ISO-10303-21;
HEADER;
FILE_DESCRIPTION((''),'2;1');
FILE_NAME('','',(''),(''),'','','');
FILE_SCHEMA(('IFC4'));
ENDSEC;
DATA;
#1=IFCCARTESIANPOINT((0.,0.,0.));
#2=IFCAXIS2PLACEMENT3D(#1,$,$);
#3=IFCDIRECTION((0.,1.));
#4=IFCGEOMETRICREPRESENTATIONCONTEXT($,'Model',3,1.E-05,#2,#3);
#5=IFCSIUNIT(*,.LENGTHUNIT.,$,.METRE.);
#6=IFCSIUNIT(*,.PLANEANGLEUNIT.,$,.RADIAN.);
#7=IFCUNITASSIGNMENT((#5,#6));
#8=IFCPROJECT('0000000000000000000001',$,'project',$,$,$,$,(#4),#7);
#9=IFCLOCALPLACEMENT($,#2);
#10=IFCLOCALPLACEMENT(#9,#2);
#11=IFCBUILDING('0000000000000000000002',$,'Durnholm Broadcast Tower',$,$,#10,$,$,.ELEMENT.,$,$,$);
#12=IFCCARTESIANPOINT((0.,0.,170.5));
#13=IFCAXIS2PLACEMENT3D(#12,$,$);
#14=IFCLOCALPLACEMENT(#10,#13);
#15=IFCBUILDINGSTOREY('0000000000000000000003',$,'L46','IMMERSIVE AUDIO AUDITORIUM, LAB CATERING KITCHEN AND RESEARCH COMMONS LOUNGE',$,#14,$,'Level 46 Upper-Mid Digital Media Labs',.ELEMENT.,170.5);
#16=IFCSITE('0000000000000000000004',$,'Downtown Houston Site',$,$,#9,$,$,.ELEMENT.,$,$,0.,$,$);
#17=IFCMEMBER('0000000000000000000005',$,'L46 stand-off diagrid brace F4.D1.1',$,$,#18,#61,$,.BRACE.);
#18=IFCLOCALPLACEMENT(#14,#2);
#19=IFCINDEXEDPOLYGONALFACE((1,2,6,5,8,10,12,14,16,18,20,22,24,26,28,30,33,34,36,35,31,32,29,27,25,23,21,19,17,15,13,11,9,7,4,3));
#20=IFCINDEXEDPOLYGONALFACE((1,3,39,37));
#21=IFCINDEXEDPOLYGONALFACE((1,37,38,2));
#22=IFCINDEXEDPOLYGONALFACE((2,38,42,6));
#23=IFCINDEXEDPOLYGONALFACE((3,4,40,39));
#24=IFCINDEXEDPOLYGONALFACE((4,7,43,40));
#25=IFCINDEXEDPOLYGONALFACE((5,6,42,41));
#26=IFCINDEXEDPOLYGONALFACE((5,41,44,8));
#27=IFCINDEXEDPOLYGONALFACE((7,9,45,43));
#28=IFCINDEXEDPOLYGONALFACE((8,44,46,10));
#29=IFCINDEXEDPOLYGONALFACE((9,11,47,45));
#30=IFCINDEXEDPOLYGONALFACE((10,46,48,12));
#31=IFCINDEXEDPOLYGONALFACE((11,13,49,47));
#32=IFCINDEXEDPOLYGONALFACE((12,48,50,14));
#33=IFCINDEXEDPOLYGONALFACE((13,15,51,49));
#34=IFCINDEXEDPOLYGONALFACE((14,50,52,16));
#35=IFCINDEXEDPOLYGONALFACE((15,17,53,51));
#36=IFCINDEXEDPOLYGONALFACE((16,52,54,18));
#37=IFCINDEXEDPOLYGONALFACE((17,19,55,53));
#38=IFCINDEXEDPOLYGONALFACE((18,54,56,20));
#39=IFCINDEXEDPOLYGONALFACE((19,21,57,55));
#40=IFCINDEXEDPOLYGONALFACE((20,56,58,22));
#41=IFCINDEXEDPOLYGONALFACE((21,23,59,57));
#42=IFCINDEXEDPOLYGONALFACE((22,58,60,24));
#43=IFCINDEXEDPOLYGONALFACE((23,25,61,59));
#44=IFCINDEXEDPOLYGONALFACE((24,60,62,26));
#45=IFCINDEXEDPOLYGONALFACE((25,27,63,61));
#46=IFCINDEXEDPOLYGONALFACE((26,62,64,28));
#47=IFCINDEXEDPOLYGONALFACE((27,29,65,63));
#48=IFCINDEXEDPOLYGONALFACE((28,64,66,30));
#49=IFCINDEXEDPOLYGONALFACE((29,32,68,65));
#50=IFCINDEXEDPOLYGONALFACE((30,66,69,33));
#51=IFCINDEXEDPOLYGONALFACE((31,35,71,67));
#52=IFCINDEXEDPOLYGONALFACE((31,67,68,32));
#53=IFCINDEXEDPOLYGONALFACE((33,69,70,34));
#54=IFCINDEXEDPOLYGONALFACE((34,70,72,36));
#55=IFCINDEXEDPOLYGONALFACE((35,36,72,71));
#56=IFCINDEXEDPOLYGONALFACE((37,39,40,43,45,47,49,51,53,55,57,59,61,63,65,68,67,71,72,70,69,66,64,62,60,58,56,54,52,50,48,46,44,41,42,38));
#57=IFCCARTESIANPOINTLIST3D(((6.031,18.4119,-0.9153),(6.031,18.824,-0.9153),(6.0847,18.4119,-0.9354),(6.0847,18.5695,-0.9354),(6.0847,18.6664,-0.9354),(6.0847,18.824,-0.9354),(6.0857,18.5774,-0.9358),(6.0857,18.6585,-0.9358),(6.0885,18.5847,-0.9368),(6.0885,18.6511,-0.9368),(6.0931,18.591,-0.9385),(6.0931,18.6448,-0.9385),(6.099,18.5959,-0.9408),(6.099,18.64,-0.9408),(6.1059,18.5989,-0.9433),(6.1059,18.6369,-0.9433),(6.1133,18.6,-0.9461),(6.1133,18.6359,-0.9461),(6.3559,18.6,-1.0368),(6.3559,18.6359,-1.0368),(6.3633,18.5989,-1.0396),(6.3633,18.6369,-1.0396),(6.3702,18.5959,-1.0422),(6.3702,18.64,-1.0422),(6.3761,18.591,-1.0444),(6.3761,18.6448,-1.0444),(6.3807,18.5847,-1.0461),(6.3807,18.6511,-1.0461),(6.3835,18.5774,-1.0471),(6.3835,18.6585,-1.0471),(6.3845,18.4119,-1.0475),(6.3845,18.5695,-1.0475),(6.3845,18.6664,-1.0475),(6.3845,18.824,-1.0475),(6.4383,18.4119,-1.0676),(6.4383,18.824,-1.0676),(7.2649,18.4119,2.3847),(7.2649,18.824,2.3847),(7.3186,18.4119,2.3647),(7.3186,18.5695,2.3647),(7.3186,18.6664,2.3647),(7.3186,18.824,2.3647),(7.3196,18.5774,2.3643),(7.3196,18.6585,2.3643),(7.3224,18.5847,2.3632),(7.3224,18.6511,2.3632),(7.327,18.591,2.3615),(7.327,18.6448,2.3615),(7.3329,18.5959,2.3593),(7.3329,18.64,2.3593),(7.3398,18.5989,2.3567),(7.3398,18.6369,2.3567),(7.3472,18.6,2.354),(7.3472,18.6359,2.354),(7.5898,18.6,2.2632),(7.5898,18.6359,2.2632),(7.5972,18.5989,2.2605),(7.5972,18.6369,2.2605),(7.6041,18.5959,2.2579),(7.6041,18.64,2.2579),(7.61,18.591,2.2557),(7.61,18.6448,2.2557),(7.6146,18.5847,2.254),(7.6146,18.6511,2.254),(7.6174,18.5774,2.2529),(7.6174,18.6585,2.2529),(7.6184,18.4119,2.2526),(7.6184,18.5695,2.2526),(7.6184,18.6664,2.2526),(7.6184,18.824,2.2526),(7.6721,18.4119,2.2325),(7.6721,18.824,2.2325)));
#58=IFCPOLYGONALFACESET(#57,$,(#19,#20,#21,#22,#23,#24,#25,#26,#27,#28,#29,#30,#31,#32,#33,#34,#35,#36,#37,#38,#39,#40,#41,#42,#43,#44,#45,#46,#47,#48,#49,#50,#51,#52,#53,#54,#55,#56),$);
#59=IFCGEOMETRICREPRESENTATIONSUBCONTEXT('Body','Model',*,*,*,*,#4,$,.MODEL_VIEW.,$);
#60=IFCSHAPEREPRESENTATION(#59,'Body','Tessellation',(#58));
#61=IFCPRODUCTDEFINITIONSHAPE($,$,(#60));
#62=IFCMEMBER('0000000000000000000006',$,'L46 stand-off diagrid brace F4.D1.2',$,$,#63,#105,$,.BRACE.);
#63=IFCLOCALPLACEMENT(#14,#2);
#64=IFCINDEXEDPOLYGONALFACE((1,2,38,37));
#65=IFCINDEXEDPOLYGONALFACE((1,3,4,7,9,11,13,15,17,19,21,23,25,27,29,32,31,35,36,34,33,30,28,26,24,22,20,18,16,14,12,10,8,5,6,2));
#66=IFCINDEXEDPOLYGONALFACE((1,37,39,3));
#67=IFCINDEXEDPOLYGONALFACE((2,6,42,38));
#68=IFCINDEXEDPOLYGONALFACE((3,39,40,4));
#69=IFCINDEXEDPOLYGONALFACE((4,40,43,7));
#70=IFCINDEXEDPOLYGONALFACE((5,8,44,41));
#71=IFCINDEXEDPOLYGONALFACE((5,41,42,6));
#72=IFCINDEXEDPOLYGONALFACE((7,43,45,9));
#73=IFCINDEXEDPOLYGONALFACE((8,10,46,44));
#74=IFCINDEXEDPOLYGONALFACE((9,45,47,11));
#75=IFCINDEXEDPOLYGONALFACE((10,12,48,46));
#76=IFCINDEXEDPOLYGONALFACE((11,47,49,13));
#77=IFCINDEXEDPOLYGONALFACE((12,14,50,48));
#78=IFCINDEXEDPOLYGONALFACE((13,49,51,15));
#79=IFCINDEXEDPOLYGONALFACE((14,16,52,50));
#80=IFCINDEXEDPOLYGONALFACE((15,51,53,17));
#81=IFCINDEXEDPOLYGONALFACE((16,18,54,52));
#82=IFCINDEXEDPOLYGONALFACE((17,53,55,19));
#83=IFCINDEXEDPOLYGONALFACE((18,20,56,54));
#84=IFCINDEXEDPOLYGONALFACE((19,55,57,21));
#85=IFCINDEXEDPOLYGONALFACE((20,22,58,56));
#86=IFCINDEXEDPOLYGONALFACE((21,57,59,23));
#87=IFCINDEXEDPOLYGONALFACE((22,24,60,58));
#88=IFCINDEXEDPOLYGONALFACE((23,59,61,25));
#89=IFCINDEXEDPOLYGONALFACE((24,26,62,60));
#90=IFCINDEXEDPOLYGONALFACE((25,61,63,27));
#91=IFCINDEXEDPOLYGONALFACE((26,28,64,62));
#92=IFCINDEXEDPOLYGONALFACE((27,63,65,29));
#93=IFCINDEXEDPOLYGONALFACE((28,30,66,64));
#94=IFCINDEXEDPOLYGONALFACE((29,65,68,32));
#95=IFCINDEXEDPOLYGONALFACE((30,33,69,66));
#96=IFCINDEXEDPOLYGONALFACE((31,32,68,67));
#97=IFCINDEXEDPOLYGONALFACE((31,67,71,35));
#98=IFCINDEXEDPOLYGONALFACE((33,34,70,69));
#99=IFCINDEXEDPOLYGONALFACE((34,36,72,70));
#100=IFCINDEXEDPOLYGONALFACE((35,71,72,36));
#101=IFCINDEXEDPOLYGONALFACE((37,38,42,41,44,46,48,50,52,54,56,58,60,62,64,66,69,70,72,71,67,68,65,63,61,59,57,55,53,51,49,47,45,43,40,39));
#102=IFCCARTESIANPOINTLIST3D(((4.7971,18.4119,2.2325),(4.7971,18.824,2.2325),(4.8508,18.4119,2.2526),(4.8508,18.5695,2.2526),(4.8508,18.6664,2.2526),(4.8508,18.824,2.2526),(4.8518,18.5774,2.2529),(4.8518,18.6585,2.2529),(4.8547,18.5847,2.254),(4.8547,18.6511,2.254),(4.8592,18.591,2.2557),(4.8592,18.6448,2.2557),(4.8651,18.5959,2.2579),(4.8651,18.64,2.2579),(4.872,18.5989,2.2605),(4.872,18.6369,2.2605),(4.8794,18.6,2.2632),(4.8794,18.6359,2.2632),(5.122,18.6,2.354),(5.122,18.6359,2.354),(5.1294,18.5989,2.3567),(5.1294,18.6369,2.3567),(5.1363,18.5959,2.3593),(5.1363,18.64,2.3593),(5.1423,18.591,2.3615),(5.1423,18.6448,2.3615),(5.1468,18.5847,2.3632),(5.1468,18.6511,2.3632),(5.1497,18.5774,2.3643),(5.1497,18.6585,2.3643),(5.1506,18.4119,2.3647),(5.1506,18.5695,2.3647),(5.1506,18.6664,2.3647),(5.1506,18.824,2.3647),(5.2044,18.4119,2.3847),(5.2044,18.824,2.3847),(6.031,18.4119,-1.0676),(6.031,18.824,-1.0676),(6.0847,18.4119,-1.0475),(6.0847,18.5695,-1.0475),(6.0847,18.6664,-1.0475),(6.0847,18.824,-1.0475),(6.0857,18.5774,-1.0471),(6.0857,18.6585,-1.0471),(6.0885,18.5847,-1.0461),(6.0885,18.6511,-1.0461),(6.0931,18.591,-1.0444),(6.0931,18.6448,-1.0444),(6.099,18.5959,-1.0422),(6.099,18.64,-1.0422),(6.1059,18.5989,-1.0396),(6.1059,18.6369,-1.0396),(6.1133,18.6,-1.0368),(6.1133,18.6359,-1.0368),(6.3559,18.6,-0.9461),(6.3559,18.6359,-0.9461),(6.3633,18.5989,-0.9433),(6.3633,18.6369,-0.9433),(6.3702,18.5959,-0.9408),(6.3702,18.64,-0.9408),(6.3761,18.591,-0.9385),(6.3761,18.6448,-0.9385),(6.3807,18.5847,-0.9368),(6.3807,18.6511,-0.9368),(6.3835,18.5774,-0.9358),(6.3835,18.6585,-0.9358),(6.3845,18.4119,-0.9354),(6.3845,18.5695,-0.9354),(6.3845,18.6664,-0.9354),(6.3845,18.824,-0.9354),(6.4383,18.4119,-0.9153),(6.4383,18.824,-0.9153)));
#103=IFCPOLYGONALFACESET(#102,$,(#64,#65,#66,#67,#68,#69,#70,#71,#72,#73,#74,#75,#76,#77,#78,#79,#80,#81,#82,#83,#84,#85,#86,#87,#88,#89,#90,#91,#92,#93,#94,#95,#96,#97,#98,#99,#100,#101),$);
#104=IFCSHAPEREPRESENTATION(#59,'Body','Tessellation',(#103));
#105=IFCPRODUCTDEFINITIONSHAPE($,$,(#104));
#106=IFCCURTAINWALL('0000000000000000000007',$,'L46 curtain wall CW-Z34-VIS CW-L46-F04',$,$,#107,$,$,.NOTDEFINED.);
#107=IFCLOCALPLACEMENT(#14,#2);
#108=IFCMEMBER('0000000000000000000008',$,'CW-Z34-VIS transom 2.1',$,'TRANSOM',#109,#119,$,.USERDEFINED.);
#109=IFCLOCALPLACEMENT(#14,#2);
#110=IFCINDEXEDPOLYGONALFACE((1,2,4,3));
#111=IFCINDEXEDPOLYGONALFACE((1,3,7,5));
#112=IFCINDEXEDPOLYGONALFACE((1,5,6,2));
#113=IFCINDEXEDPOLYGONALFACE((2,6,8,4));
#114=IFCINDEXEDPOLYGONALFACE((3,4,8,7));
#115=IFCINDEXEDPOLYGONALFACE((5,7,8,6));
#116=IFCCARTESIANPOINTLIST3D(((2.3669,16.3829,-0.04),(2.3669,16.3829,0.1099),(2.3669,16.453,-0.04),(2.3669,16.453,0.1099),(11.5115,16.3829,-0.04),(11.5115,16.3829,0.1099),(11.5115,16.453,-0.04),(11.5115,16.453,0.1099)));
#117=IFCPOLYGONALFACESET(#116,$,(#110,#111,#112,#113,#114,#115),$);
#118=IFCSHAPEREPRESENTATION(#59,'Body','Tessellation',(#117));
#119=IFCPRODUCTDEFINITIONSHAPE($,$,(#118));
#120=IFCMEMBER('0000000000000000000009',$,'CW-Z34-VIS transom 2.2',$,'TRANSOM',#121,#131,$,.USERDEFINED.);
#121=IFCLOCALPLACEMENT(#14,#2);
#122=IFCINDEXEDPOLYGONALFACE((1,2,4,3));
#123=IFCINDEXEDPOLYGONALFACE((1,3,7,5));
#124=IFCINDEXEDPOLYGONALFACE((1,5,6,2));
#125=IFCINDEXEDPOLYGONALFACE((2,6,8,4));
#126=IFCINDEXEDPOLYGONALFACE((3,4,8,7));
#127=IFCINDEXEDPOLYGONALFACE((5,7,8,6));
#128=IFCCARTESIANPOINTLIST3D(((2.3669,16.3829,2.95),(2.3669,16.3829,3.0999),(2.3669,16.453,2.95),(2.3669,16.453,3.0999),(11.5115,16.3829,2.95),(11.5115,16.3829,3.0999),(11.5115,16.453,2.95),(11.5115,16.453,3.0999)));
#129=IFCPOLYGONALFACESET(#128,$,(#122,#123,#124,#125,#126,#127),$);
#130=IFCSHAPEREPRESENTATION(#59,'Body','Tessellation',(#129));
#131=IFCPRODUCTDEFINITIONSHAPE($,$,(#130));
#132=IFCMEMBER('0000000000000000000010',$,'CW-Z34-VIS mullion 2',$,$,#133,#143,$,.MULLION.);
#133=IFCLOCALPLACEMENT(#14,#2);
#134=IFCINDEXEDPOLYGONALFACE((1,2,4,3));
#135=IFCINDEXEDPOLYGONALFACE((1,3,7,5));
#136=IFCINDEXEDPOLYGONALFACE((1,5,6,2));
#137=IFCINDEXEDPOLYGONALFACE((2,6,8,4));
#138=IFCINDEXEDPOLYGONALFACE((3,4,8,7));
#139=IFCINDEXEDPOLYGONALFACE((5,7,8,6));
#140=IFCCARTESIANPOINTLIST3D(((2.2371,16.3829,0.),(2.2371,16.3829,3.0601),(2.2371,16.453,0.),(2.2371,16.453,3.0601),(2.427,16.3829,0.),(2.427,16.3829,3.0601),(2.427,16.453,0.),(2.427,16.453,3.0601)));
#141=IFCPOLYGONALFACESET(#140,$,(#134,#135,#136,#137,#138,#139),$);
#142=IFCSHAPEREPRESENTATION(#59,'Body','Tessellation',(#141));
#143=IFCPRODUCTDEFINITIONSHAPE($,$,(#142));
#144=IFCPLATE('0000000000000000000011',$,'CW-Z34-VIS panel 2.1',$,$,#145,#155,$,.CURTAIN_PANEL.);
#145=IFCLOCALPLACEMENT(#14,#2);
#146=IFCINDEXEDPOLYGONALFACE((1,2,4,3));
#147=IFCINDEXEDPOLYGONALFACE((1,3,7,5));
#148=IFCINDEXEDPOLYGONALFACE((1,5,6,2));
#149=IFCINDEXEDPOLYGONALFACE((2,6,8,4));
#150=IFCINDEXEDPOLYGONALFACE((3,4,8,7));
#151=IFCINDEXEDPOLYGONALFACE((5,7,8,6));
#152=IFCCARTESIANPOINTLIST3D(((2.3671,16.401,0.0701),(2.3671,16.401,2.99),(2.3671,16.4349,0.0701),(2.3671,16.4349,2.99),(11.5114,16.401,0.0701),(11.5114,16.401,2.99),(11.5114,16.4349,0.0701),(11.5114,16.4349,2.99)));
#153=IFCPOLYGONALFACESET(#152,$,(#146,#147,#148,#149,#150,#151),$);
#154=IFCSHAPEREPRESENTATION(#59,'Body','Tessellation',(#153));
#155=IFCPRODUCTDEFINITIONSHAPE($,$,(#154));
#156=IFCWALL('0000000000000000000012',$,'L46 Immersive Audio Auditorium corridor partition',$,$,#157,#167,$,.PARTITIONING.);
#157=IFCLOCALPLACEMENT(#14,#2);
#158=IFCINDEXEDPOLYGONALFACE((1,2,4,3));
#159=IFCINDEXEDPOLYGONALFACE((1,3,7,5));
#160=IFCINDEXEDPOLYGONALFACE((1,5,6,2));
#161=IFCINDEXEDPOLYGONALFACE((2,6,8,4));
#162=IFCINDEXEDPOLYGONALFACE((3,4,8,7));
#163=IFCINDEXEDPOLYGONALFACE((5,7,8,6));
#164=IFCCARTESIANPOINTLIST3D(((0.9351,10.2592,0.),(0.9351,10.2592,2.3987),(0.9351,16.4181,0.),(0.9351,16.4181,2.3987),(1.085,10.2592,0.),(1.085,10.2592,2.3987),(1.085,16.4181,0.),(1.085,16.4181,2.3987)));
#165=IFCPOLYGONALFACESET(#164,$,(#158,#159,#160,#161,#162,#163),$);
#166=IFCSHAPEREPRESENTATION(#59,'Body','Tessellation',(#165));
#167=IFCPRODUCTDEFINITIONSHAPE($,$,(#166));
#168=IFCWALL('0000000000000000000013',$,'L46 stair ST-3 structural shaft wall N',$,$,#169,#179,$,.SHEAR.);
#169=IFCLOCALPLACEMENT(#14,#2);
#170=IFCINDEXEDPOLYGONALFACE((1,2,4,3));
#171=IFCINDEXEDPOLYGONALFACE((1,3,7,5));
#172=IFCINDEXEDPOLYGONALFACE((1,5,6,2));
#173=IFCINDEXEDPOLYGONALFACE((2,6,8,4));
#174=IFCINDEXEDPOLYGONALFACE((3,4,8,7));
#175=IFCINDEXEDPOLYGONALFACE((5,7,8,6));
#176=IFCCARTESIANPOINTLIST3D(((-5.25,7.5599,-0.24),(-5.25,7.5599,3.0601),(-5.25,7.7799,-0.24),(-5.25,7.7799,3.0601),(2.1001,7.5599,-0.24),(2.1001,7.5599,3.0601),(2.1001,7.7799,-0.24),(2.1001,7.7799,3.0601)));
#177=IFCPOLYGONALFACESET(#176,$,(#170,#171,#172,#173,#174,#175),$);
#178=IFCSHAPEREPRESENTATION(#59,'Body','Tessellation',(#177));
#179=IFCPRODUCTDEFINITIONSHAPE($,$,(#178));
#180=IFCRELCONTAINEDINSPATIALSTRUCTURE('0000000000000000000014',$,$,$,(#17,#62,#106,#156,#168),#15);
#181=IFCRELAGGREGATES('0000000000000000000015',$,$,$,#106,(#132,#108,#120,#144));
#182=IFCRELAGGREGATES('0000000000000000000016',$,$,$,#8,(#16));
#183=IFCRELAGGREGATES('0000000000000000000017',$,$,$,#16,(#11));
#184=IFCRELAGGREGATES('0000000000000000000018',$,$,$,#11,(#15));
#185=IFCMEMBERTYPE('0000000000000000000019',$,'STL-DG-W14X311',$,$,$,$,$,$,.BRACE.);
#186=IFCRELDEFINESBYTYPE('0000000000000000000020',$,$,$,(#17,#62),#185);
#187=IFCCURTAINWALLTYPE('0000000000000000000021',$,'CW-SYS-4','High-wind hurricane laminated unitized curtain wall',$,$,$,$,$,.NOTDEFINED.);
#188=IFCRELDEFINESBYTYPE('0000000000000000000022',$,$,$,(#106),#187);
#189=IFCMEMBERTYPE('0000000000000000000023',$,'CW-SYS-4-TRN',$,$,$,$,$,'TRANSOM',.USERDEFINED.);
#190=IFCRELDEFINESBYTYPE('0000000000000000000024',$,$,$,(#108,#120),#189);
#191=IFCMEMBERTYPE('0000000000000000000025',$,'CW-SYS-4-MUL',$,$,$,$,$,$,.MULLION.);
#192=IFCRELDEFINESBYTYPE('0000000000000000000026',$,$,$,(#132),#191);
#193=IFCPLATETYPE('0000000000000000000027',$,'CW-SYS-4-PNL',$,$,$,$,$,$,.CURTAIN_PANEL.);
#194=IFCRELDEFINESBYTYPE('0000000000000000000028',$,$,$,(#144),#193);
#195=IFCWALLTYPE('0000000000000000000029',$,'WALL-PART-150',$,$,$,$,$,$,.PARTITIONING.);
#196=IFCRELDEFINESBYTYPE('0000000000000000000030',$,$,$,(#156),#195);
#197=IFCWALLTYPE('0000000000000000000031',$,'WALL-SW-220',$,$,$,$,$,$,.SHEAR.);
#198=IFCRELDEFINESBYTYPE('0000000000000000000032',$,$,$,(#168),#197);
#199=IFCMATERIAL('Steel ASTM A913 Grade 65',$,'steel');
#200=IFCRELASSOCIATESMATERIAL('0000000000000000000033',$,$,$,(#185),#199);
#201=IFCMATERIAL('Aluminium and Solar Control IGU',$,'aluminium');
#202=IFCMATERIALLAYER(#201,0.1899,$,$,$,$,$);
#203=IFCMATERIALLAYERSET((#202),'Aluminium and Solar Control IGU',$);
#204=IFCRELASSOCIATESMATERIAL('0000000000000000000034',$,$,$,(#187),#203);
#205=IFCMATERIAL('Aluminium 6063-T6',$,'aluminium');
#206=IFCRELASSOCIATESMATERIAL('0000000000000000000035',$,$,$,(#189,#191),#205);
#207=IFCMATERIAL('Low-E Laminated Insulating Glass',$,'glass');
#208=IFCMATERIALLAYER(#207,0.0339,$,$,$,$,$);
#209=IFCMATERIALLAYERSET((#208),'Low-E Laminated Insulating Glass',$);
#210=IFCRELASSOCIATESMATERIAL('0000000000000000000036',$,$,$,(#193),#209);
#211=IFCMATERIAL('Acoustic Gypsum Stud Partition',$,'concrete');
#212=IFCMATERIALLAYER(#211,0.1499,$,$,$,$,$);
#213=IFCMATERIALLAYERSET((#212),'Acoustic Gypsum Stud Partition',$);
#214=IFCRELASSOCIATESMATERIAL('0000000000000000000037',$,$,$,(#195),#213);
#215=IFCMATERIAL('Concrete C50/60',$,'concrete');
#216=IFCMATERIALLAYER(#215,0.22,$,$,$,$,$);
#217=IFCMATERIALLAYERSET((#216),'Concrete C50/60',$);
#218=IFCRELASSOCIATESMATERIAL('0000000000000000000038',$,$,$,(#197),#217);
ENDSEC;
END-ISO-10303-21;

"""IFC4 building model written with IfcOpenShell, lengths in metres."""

from ifc_helpers import new_model, si_unit, direction, frame, frame_2d, origin, origin_2d, place, context, subcontext, project, spatial, rectangle, i_section, extrude, source, transform, mapped, material, layer, layer_set, material_profile, profile_set, type_object, type_shapes, element, aggregate, save


model = new_model("IFC4")

# Units and contexts
model_context = context("Model", 3, precision=1e-05, world=origin(), true_north=direction((0.0, 1.0)))
body_context = subcontext(model_context, "Body", "Model", "MODEL_VIEW")
ifc_project = project(units=[si_unit("LENGTHUNIT", "METRE"), si_unit("PLANEANGLEUNIT", "RADIAN")], contexts=[model_context])

# Site, building, storey
site_placement = place(None, origin())
site = spatial("IfcSite", under=ifc_project, at=site_placement, Name="Downtown Houston Site", CompositionType="ELEMENT", RefElevation=0.0)
building_placement = place(site_placement, origin())
building = spatial("IfcBuilding", under=site, at=building_placement, Name="Durnholm Broadcast Tower", CompositionType="ELEMENT")
storey_placement = place(building_placement, frame((0.0, 0.0, 170.5)))
storey = spatial("IfcBuildingStorey", under=building, at=storey_placement, Name="L46", Description="IMMERSIVE AUDIO AUDITORIUM, LAB CATERING KITCHEN AND RESEARCH COMMONS LOUNGE", LongName="Level 46 Upper-Mid Digital Media Labs", CompositionType="ELEMENT", Elevation=170.5)

# Members
ifc_material_1 = material(Name="Steel ASTM A913 Grade 65", Category="steel")
ifc_material_profile_1 = material_profile(ifc_material_1, i_section(OverallWidth=0.4121, OverallDepth=0.4348, WebThickness=0.0359, FlangeThickness=0.0574, FilletRadius=0.0305, at=origin_2d()), Name="W14X311")
ifc_profile_set_1 = profile_set([ifc_material_profile_1], Name="Steel ASTM A913 Grade 65")
member_type_1 = type_object("IfcMemberType", Name="STL-DG-W14X311", PredefinedType="BRACE", material=ifc_profile_set_1)
shared_shape_1 = source(origin(), body_context, "Body", "SweptSolid", [
    extrude(i_section(OverallWidth=0.4121, OverallDepth=0.4348, WebThickness=0.0359, FlangeThickness=0.0574, FilletRadius=0.0305, at=origin_2d()), origin(), (0.0, 0.0, 1.0), 3.5232),
])
type_shapes(member_type_1, [shared_shape_1])
for number, where, z_axis, x_axis, name in (
    (1, (6.2346, 18.6179, -0.9915), (0.35022, 0.0, 0.936668), (0.0, 1.0, 0.0), "L46 stand-off diagrid brace F4.D1.1"),
    (2, (6.2346, 18.6179, -0.9915), (-0.35022, 0.0, 0.936668), (0.0, -1.0, 0.0), "L46 stand-off diagrid brace F4.D1.2"),
):
    element("IfcMember", number, at=place(storey_placement, frame(where, z_axis=z_axis, x_axis=x_axis)), inside=storey, type_object=member_type_1, Name=name, PredefinedType="BRACE", context=body_context, shape_type="MappedRepresentation", body=[
        mapped(shared_shape_1, transform((0.0, 0.0, 0.0), x_axis=(1.0, 0.0, 0.0), y_axis=(0.0, 1.0, 0.0), z_axis=(0.0, 0.0, 1.0), scale=1.0)),
    ])

# Curtain wall, members, plate
ifc_material_2 = material(Name="Aluminium and Solar Control IGU", Category="aluminium")
ifc_layer_1 = layer(ifc_material_2, 0.1899)
ifc_layer_set_1 = layer_set([ifc_layer_1], Name="Aluminium and Solar Control IGU")
curtain_wall_type = type_object("IfcCurtainWallType", Name="CW-SYS-4", Description="High-wind hurricane laminated unitized curtain wall", PredefinedType="NOTDEFINED", material=ifc_layer_set_1)
curtain_wall_placement = place(storey_placement, origin())
curtain_wall = element("IfcCurtainWall", 3, at=curtain_wall_placement, inside=storey, type_object=curtain_wall_type, Name="L46 curtain wall CW-Z34-VIS CW-L46-F04", PredefinedType="NOTDEFINED")
ifc_material_3 = material(Name="Aluminium 6063-T6", Category="aluminium")
ifc_material_profile_2 = material_profile(ifc_material_3, rectangle(XDim=0.0701, YDim=0.1499, at=origin_2d()), Name="CWT70X150")
ifc_profile_set_2 = profile_set([ifc_material_profile_2], Name="Aluminium 6063-T6")
member_type_2 = type_object("IfcMemberType", Name="CW-SYS-4-TRN", ElementType="TRANSOM", PredefinedType="USERDEFINED", material=ifc_profile_set_2)
shared_shape_2 = source(origin(), body_context, "Body", "SweptSolid", [
    extrude(rectangle(XDim=0.0701, YDim=0.1499, at=origin_2d()), origin(), (0.0, 0.0, 1.0), 9.1445),
])
type_shapes(member_type_2, [shared_shape_2])
member_1_placement = place(storey_placement, frame((2.3669, 16.418, 0.0349), z_axis=(1.0, 0.0, 0.0), x_axis=(0.0, 1.0, 0.0)))
member_1 = element("IfcMember", 4, at=member_1_placement, type_object=member_type_2, Name="CW-Z34-VIS transom 2.1", ObjectType="TRANSOM", PredefinedType="USERDEFINED", context=body_context, shape_type="MappedRepresentation", body=[
    mapped(shared_shape_2, transform((0.0, 0.0, 0.0), x_axis=(1.0, 0.0, 0.0), y_axis=(0.0, 1.0, 0.0), z_axis=(0.0, 0.0, 1.0), scale=1.0)),
])
member_2_placement = place(storey_placement, frame((2.3669, 16.418, 3.0249), z_axis=(1.0, 0.0, 0.0), x_axis=(0.0, 1.0, 0.0)))
member_2 = element("IfcMember", 5, at=member_2_placement, type_object=member_type_2, Name="CW-Z34-VIS transom 2.2", ObjectType="TRANSOM", PredefinedType="USERDEFINED", context=body_context, shape_type="MappedRepresentation", body=[
    mapped(shared_shape_2, transform((0.0, 0.0, 0.0), x_axis=(1.0, 0.0, 0.0), y_axis=(0.0, 1.0, 0.0), z_axis=(0.0, 0.0, 1.0), scale=1.0)),
])
ifc_material_profile_3 = material_profile(ifc_material_3, rectangle(XDim=0.0701, YDim=0.1899, at=origin_2d()), Name="CWM70X190")
ifc_profile_set_3 = profile_set([ifc_material_profile_3], Name="Aluminium 6063-T6")
member_type_3 = type_object("IfcMemberType", Name="CW-SYS-4-MUL", PredefinedType="MULLION", material=ifc_profile_set_3)
shared_shape_3 = source(origin(), body_context, "Body", "SweptSolid", [
    extrude(rectangle(XDim=0.0701, YDim=0.1899, at=origin_2d()), origin(), (0.0, 0.0, 1.0), 3.0601),
])
type_shapes(member_type_3, [shared_shape_3])
member_3_placement = place(storey_placement, frame((2.332, 16.418, 0.0), z_axis=(0.0, 0.0, 1.0), x_axis=(0.0, 1.0, 0.0)))
member_3 = element("IfcMember", 6, at=member_3_placement, type_object=member_type_3, Name="CW-Z34-VIS mullion 2", PredefinedType="MULLION", context=body_context, shape_type="MappedRepresentation", body=[
    mapped(shared_shape_3, transform((0.0, 0.0, 0.0), x_axis=(1.0, 0.0, 0.0), y_axis=(0.0, 1.0, 0.0), z_axis=(0.0, 0.0, 1.0), scale=1.0)),
])
ifc_material_4 = material(Name="Low-E Laminated Insulating Glass", Category="glass")
ifc_layer_2 = layer(ifc_material_4, 0.0339)
ifc_layer_set_2 = layer_set([ifc_layer_2], Name="Low-E Laminated Insulating Glass")
plate_type = type_object("IfcPlateType", Name="CW-SYS-4-PNL", PredefinedType="CURTAIN_PANEL", material=ifc_layer_set_2)
shared_shape_4 = source(origin(), body_context, "Body", "SweptSolid", [
    extrude(rectangle(XDim=9.1443, YDim=0.0339, at=origin_2d()), origin(), (0.0, 0.0, 1.0), 2.9199),
])
type_shapes(plate_type, [shared_shape_4])
plate_placement = place(storey_placement, frame((6.9392, 16.418, 0.0701), z_axis=(0.0, 0.0, 1.0), x_axis=(1.0, 0.0, 0.0)))
plate = element("IfcPlate", 7, at=plate_placement, type_object=plate_type, Name="CW-Z34-VIS panel 2.1", PredefinedType="CURTAIN_PANEL", context=body_context, shape_type="MappedRepresentation", body=[
    mapped(shared_shape_4, transform((0.0, 0.0, 0.0), x_axis=(1.0, 0.0, 0.0), y_axis=(0.0, 1.0, 0.0), z_axis=(0.0, 0.0, 1.0), scale=1.0)),
])
aggregate(curtain_wall, [member_3, member_1, member_2, plate])

# Walls
ifc_material_5 = material(Name="Acoustic Gypsum Stud Partition", Category="concrete")
ifc_layer_3 = layer(ifc_material_5, 0.1499)
ifc_layer_set_3 = layer_set([ifc_layer_3], Name="Acoustic Gypsum Stud Partition")
wall_type_1 = type_object("IfcWallType", Name="WALL-PART-150", PredefinedType="PARTITIONING", material=ifc_layer_set_3)
wall_1_placement = place(storey_placement, frame((1.01, 10.259, 0.0), z_axis=(0.0, 0.0, 1.0), x_axis=(0.0, 1.0, 0.0)))
element("IfcWall", 8, at=wall_1_placement, inside=storey, type_object=wall_type_1, Name="L46 Immersive Audio Auditorium corridor partition", PredefinedType="PARTITIONING", context=body_context, shape_type="SweptSolid", body=[
    extrude(rectangle(XDim=6.1589, YDim=0.1499, at=frame_2d((3.0796, 0.0))), origin(), (0.0, 0.0, 1.0), 2.3987),
])
ifc_material_6 = material(Name="Concrete C50/60", Category="concrete")
ifc_layer_4 = layer(ifc_material_6, 0.22)
ifc_layer_set_4 = layer_set([ifc_layer_4], Name="Concrete C50/60")
wall_type_2 = type_object("IfcWallType", Name="WALL-SW-220", PredefinedType="SHEAR", material=ifc_layer_set_4)
wall_2_placement = place(storey_placement, frame((2.1001, 7.6699, -0.24), z_axis=(0.0, 0.0, 1.0), x_axis=(-1.0, 0.0, 0.0)))
element("IfcWall", 9, at=wall_2_placement, inside=storey, type_object=wall_type_2, Name="L46 stair ST-3 structural shaft wall N", PredefinedType="SHEAR", context=body_context, shape_type="SweptSolid", body=[
    extrude(rectangle(XDim=7.3501, YDim=0.22, at=frame_2d((3.675, 0.0))), origin(), (0.0, 0.0, 1.0), 3.3),
])

save(model, "model.ifc")
